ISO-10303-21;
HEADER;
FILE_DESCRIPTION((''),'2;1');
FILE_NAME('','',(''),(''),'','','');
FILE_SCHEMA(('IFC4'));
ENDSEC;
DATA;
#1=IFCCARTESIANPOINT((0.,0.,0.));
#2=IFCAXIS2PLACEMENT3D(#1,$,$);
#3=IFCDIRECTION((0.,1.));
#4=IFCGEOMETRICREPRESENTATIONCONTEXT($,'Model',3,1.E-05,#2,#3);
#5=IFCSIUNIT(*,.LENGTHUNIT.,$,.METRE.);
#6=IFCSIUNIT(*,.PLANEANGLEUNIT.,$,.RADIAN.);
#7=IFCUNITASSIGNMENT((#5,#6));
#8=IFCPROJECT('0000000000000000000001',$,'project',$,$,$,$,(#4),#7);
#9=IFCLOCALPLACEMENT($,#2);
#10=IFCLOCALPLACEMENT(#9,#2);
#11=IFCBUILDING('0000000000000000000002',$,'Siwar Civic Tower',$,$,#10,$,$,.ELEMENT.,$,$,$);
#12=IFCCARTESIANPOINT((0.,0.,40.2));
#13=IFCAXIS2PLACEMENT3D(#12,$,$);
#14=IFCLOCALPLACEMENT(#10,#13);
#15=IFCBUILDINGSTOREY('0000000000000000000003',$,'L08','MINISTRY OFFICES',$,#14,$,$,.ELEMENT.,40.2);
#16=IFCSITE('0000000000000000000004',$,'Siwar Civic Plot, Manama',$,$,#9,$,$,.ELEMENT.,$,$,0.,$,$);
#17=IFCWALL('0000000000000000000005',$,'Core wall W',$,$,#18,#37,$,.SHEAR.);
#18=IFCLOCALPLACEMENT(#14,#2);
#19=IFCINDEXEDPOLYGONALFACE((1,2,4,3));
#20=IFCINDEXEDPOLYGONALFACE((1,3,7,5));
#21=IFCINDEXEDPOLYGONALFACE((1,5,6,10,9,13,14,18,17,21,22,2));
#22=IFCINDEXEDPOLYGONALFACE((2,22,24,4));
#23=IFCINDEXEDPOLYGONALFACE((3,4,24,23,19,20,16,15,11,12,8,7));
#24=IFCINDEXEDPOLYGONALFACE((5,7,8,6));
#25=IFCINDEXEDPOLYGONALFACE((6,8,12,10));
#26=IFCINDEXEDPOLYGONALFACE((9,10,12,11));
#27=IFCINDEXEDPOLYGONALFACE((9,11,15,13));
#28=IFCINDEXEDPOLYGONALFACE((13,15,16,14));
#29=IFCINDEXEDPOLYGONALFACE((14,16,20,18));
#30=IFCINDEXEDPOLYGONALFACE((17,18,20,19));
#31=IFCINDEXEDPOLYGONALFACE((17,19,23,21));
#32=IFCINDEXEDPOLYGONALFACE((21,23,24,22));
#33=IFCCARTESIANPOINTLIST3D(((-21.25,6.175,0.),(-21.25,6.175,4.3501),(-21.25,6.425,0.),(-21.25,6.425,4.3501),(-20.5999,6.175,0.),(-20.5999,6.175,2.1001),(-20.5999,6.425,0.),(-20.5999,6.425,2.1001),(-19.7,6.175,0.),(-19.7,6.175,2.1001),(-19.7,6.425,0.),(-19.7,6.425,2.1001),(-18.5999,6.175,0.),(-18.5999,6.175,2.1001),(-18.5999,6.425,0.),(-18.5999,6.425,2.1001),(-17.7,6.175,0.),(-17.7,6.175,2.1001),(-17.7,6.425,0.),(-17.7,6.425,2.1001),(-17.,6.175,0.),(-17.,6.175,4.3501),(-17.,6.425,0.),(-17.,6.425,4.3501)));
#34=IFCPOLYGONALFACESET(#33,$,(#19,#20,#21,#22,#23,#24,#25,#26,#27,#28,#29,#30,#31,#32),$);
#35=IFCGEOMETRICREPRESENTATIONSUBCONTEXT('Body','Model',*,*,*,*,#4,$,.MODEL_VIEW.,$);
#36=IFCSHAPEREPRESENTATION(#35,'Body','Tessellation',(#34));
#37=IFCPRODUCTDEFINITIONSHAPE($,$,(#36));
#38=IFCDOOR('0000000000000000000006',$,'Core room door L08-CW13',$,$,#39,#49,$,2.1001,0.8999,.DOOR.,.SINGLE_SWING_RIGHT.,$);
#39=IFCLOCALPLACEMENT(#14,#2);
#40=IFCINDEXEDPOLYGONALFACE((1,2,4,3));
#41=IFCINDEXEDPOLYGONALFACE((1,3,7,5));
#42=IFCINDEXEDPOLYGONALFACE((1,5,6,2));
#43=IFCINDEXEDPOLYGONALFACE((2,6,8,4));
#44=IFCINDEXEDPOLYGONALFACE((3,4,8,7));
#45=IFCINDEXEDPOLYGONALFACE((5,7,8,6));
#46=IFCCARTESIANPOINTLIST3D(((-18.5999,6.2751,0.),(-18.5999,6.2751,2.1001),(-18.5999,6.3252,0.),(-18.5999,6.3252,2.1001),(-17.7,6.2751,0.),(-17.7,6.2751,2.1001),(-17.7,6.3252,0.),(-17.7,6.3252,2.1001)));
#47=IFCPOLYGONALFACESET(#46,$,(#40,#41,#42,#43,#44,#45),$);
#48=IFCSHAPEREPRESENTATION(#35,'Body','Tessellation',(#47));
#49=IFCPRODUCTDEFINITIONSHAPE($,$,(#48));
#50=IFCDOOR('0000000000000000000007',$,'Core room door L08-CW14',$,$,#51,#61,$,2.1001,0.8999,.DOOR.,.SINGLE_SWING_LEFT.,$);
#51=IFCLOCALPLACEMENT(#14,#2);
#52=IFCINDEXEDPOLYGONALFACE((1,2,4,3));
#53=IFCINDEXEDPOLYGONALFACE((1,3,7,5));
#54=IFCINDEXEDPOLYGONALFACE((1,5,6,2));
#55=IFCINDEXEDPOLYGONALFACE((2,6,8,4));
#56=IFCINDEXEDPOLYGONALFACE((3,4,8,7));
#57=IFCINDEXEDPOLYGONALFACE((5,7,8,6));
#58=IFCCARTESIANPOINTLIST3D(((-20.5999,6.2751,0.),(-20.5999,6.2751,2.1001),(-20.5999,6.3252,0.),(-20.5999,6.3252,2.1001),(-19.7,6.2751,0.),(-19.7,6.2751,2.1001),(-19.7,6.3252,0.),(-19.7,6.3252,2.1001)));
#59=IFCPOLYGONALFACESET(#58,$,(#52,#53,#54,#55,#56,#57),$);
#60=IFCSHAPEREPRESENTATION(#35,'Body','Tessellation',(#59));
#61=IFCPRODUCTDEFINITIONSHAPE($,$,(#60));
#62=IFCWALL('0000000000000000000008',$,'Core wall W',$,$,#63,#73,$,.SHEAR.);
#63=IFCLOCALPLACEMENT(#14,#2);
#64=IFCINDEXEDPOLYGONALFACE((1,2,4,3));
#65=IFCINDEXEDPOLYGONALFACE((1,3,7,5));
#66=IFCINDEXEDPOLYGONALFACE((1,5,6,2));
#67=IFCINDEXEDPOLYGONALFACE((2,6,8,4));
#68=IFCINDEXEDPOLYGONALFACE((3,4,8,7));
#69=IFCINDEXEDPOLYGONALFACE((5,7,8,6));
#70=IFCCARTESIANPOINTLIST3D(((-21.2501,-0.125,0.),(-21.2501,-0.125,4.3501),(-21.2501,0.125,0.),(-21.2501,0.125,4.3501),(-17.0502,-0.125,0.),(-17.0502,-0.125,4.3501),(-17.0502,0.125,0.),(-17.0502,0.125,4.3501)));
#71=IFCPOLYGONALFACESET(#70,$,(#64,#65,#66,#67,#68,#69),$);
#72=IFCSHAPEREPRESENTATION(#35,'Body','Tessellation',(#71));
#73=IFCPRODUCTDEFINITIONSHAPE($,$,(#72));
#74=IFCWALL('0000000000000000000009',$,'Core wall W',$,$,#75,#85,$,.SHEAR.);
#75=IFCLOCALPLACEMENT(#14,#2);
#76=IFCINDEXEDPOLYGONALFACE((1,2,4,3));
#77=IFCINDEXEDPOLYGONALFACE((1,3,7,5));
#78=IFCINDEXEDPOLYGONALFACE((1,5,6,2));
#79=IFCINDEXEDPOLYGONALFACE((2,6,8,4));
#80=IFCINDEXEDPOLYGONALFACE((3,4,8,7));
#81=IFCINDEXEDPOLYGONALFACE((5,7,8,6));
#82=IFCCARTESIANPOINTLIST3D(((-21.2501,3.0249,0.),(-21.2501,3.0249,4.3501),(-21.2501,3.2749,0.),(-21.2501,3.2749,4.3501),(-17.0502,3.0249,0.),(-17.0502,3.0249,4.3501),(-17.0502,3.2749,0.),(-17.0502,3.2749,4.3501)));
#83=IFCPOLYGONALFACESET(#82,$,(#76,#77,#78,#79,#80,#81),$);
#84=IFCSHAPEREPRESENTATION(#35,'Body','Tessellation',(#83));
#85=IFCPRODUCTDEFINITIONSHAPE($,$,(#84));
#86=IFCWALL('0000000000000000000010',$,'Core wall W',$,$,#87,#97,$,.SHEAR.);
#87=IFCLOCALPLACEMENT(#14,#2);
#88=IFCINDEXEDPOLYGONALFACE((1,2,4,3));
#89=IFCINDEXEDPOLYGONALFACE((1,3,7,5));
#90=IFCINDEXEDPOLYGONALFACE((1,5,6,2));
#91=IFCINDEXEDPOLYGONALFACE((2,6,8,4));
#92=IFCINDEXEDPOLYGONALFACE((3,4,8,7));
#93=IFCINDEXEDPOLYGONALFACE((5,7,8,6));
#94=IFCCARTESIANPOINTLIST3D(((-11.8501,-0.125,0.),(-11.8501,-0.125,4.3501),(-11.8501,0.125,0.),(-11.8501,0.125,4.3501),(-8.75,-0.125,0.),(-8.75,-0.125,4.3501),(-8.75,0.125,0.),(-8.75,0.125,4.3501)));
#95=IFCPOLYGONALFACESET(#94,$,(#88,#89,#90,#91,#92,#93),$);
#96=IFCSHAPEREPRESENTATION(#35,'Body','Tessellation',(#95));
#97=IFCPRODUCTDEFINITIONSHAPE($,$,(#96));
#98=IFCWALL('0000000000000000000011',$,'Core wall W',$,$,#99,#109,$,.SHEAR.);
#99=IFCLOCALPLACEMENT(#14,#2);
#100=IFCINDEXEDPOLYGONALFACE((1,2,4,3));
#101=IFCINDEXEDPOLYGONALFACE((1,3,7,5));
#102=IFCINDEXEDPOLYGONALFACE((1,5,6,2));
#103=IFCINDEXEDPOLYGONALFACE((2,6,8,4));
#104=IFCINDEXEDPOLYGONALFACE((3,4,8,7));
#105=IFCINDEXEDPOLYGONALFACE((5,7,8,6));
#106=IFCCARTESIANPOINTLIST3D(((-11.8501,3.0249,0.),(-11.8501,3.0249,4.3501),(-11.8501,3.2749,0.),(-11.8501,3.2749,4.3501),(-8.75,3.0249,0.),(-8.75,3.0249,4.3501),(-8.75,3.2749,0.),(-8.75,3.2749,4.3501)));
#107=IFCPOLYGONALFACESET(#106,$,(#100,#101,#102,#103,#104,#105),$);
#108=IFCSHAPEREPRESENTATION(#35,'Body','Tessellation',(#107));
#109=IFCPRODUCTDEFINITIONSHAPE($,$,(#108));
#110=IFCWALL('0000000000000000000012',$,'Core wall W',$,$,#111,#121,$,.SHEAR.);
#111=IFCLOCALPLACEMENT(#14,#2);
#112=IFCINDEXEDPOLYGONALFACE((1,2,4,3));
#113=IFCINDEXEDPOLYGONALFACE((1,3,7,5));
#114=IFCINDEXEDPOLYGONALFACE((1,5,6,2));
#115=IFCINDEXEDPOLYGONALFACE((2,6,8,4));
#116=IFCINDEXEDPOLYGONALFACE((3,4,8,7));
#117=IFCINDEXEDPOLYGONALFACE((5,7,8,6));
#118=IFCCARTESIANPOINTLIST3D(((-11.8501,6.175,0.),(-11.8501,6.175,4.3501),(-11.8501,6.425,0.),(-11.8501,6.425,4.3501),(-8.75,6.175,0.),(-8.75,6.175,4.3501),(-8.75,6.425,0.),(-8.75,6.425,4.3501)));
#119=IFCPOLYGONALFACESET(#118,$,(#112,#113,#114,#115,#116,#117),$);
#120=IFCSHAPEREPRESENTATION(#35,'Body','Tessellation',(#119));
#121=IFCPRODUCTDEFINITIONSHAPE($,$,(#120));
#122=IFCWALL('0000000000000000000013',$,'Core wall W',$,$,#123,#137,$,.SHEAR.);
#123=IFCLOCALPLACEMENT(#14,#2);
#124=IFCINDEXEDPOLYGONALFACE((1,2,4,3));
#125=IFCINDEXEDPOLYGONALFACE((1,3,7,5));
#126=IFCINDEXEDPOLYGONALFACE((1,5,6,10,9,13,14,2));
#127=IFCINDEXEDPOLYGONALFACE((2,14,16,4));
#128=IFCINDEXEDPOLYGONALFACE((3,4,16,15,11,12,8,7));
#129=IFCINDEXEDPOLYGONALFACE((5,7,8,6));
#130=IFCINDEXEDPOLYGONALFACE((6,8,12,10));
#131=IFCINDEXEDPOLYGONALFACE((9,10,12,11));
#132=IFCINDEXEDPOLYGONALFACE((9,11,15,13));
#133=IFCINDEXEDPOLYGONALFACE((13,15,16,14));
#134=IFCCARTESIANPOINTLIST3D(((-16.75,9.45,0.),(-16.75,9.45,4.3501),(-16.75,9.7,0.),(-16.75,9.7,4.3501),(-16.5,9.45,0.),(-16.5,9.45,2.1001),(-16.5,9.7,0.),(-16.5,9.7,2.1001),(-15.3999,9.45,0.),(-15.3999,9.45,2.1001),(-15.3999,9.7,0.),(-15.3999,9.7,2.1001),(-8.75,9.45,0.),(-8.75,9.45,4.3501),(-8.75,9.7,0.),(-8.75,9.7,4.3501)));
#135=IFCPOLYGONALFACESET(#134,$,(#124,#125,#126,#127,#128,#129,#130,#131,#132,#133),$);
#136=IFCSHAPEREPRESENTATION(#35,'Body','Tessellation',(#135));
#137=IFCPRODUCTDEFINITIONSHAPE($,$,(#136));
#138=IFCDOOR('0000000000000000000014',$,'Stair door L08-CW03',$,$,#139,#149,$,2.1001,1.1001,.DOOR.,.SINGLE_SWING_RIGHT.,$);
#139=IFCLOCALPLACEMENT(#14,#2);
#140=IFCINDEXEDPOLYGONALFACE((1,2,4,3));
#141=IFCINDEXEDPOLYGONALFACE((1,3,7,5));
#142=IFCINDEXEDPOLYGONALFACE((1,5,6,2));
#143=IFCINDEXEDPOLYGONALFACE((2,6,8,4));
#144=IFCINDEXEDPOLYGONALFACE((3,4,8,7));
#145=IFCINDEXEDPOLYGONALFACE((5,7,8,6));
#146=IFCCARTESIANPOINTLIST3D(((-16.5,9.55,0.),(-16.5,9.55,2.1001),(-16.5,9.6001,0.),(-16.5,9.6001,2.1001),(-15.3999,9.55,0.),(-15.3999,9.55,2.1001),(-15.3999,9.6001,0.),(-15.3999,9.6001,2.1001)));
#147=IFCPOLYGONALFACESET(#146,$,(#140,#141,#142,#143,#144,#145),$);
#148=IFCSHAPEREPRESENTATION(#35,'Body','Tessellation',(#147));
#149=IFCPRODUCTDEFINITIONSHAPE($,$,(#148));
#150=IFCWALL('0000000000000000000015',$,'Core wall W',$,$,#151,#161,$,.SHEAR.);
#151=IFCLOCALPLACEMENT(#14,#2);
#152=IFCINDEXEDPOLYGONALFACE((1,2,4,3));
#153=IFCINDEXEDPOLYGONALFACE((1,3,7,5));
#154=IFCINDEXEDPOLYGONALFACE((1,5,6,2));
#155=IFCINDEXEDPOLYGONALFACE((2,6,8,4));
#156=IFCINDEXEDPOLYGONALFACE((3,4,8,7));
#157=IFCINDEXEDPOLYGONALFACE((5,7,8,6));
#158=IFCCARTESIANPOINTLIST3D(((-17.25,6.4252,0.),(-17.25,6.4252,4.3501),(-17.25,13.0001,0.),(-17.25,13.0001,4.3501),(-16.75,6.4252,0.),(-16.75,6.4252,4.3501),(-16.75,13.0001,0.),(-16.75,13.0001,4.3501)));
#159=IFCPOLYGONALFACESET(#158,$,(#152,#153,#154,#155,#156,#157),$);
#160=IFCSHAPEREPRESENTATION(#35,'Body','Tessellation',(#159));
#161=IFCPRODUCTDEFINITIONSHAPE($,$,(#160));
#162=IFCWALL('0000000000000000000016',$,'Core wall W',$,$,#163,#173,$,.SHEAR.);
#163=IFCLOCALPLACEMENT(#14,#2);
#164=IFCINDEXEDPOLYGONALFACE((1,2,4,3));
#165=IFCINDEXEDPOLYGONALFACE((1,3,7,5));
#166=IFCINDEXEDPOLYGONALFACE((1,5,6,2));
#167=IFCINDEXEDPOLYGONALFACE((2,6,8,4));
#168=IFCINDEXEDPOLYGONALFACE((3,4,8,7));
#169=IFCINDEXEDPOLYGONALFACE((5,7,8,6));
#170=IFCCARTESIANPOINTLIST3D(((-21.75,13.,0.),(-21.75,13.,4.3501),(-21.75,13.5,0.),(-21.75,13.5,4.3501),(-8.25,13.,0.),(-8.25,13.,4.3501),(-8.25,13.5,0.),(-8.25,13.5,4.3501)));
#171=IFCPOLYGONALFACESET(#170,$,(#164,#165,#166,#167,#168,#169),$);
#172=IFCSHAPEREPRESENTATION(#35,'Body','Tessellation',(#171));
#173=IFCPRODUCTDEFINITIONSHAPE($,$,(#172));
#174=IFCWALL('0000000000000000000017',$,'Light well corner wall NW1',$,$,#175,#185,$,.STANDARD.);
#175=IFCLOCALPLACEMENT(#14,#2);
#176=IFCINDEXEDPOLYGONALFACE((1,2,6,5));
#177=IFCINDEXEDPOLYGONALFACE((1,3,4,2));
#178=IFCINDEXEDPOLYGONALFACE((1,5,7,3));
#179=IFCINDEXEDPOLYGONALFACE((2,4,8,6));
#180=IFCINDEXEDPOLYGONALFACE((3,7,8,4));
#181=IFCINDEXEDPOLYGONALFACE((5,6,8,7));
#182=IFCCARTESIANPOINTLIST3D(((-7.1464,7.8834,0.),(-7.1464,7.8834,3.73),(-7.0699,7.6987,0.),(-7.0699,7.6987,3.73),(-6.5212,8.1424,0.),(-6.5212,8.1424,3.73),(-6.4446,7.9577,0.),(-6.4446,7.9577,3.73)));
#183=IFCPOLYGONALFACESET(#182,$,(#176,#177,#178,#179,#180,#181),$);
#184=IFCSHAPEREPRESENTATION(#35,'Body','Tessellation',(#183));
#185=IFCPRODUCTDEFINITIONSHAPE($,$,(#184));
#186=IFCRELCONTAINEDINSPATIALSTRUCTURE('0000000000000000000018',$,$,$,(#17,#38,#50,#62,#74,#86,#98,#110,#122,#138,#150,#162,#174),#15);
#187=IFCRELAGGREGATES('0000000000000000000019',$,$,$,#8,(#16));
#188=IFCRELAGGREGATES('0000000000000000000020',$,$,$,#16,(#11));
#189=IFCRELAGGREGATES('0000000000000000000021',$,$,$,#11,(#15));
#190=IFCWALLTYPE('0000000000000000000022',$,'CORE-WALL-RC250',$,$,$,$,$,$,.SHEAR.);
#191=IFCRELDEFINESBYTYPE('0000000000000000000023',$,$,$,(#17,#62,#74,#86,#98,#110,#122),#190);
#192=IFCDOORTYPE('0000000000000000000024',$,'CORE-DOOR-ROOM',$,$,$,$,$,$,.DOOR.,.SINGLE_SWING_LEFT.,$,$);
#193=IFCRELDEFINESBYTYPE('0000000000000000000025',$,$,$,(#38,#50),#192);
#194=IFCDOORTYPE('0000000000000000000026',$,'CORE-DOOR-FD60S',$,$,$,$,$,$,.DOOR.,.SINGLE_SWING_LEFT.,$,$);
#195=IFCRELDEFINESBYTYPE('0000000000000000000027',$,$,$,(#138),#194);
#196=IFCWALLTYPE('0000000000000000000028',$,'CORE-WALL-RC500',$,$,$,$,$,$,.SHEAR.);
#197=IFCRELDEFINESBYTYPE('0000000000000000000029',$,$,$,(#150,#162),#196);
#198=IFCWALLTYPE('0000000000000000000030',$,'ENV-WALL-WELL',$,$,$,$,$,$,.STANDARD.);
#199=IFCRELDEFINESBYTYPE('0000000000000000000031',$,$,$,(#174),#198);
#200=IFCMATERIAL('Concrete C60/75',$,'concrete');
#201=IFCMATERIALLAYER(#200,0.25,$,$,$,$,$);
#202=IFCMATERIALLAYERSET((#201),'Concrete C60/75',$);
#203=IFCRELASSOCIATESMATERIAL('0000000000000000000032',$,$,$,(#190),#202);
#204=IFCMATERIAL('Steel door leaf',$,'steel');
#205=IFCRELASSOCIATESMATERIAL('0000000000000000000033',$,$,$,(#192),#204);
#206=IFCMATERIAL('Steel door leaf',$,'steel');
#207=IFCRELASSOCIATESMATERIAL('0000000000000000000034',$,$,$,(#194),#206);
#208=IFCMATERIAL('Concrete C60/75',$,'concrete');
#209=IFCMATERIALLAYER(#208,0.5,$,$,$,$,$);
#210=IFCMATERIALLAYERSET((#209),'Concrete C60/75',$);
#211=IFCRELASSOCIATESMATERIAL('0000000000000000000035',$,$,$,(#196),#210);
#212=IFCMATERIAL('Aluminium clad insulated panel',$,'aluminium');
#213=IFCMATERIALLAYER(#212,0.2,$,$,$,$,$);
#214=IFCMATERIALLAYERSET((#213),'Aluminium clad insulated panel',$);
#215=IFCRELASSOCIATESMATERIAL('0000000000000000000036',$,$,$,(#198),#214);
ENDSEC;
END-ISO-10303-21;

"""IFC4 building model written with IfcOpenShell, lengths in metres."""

from ifc_helpers import new_model, si_unit, direction, frame, frame_2d, origin, place, context, subcontext, project, spatial, rectangle, extrude, material, layer, layer_set, type_object, element, fill, save


model = new_model("IFC4")

# Units and contexts
model_context = context("Model", 3, precision=1e-05, world=origin(), true_north=direction((0.0, 1.0)))
body_context = subcontext(model_context, "Body", "Model", "MODEL_VIEW")
ifc_project = project(units=[si_unit("LENGTHUNIT", "METRE"), si_unit("PLANEANGLEUNIT", "RADIAN")], contexts=[model_context])

# Site, building, storey
site_placement = place(None, origin())
site = spatial("IfcSite", under=ifc_project, at=site_placement, Name="Siwar Civic Plot, Manama", CompositionType="ELEMENT", RefElevation=0.0)
building_placement = place(site_placement, origin())
building = spatial("IfcBuilding", under=site, at=building_placement, Name="Siwar Civic Tower", CompositionType="ELEMENT")
storey_placement = place(building_placement, frame((0.0, 0.0, 40.2)))
storey = spatial("IfcBuildingStorey", under=building, at=storey_placement, Name="L08", Description="MINISTRY OFFICES", CompositionType="ELEMENT", Elevation=40.2)

# Shared definitions
ifc_material_1 = material(Name="Concrete C60/75", Category="concrete")
ifc_layer_1 = layer(ifc_material_1, 0.25)
ifc_layer_set_1 = layer_set([ifc_layer_1], Name="Concrete C60/75")
wall_type_1 = type_object("IfcWallType", Name="CORE-WALL-RC250", PredefinedType="SHEAR", material=ifc_layer_set_1)

# Wall, openings, doors
wall_1_placement = place(storey_placement, frame((-17.0, 6.3, 0.0), z_axis=(0.0, 0.0, 1.0), x_axis=(-1.0, 0.0, 0.0)))
wall_1 = element("IfcWall", 1, at=wall_1_placement, inside=storey, type_object=wall_type_1, Name="Core wall W", PredefinedType="SHEAR", context=body_context, shape_type="SweptSolid", body=[
    extrude(rectangle(XDim=4.25, YDim=0.25, at=frame_2d((2.125, 0.0))), origin(), (0.0, 0.0, 1.0), 4.3501),
])
opening_1_placement = place(wall_1_placement, frame((0.7, 0.0, 0.0)))
opening_1 = element("IfcOpeningElement", 2, at=opening_1_placement, cuts=wall_1, PredefinedType="OPENING", context=body_context, shape_type="SweptSolid", body=[
    extrude(rectangle(XDim=0.8999, YDim=2.1001, at=frame_2d((0.45, 1.05))), frame((0.0, 0.135, 0.0), z_axis=(0.0, -1.0, 0.0), x_axis=(1.0, 0.0, 0.0)), (0.0, 0.0, 1.0), 0.27),
])
opening_2_placement = place(wall_1_placement, frame((2.7, 0.0, 0.0)))
opening_2 = element("IfcOpeningElement", 3, at=opening_2_placement, cuts=wall_1, PredefinedType="OPENING", context=body_context, shape_type="SweptSolid", body=[
    extrude(rectangle(XDim=0.8999, YDim=2.1001, at=frame_2d((0.45, 1.05))), frame((0.0, 0.135, 0.0), z_axis=(0.0, -1.0, 0.0), x_axis=(1.0, 0.0, 0.0)), (0.0, 0.0, 1.0), 0.27),
])
ifc_material_2 = material(Name="Steel door leaf", Category="steel")
door_type_1 = type_object("IfcDoorType", Name="CORE-DOOR-ROOM", OperationType="SINGLE_SWING_LEFT", PredefinedType="DOOR", material=ifc_material_2)
door_1_placement = place(opening_1_placement, origin())
door_1 = element("IfcDoor", 4, at=door_1_placement, inside=storey, type_object=door_type_1, Name="Core room door L08-CW13", OperationType="SINGLE_SWING_RIGHT", OverallHeight=2.1001, OverallWidth=0.8999, PredefinedType="DOOR", context=body_context, shape_type="SweptSolid", body=[
    extrude(rectangle(XDim=0.8999, YDim=2.1001, at=frame_2d((0.45, 1.05))), frame((0.0, 0.0249, 0.0), z_axis=(0.0, -1.0, 0.0), x_axis=(1.0, 0.0, 0.0)), (0.0, 0.0, 1.0), 0.05),
])
fill(opening_1, door_1)
door_2_placement = place(opening_2_placement, origin())
door_2 = element("IfcDoor", 5, at=door_2_placement, inside=storey, type_object=door_type_1, Name="Core room door L08-CW14", OperationType="SINGLE_SWING_LEFT", OverallHeight=2.1001, OverallWidth=0.8999, PredefinedType="DOOR", context=body_context, shape_type="SweptSolid", body=[
    extrude(rectangle(XDim=0.8999, YDim=2.1001, at=frame_2d((0.45, 1.05))), frame((0.0, 0.0249, 0.0), z_axis=(0.0, -1.0, 0.0), x_axis=(1.0, 0.0, 0.0)), (0.0, 0.0, 1.0), 0.05),
])
fill(opening_2, door_2)

# Walls
for number, where, z_axis, x_axis, name in (
    (6, (-17.05, 0.0, 0.0), (0.0, 0.0, 1.0), (-1.0, 0.0, 0.0), "Core wall W"),
    (7, (-17.05, 3.1499, 0.0), (0.0, 0.0, 1.0), (-1.0, 0.0, 0.0), "Core wall W"),
):
    element("IfcWall", number, at=place(storey_placement, frame(where, z_axis=z_axis, x_axis=x_axis)), inside=storey, type_object=wall_type_1, Name=name, PredefinedType="SHEAR", context=body_context, shape_type="SweptSolid", body=[
        extrude(rectangle(XDim=4.2, YDim=0.25, at=frame_2d((2.1001, 0.0))), origin(), (0.0, 0.0, 1.0), 4.3501),
    ])
for number, where, z_axis, x_axis, name in (
    (8, (-8.75, 0.0, 0.0), (0.0, 0.0, 1.0), (-1.0, 0.0, 0.0), "Core wall W"),
    (9, (-8.75, 3.1499, 0.0), (0.0, 0.0, 1.0), (-1.0, 0.0, 0.0), "Core wall W"),
    (10, (-8.75, 6.3, 0.0), (0.0, 0.0, 1.0), (-1.0, 0.0, 0.0), "Core wall W"),
):
    element("IfcWall", number, at=place(storey_placement, frame(where, z_axis=z_axis, x_axis=x_axis)), inside=storey, type_object=wall_type_1, Name=name, PredefinedType="SHEAR", context=body_context, shape_type="SweptSolid", body=[
        extrude(rectangle(XDim=3.1001, YDim=0.25, at=frame_2d((1.55, 0.0))), origin(), (0.0, 0.0, 1.0), 4.3501),
    ])

# Wall, opening, door
wall_2_placement = place(storey_placement, frame((-8.75, 9.575, 0.0), z_axis=(0.0, 0.0, 1.0), x_axis=(-1.0, 0.0, 0.0)))
wall_2 = element("IfcWall", 11, at=wall_2_placement, inside=storey, type_object=wall_type_1, Name="Core wall W", PredefinedType="SHEAR", context=body_context, shape_type="SweptSolid", body=[
    extrude(rectangle(XDim=8.0, YDim=0.25, at=frame_2d((4.0, 0.0))), origin(), (0.0, 0.0, 1.0), 4.3501),
])
opening_3_placement = place(wall_2_placement, frame((6.6499, 0.0, 0.0)))
opening_3 = element("IfcOpeningElement", 12, at=opening_3_placement, cuts=wall_2, PredefinedType="OPENING", context=body_context, shape_type="SweptSolid", body=[
    extrude(rectangle(XDim=1.1001, YDim=2.1001, at=frame_2d((0.55, 1.05))), frame((0.0, 0.135, 0.0), z_axis=(0.0, -1.0, 0.0), x_axis=(1.0, 0.0, 0.0)), (0.0, 0.0, 1.0), 0.27),
])
ifc_material_3 = material(Name="Steel door leaf", Category="steel")
door_type_2 = type_object("IfcDoorType", Name="CORE-DOOR-FD60S", OperationType="SINGLE_SWING_LEFT", PredefinedType="DOOR", material=ifc_material_3)
door_3_placement = place(opening_3_placement, origin())
door_3 = element("IfcDoor", 13, at=door_3_placement, inside=storey, type_object=door_type_2, Name="Stair door L08-CW03", OperationType="SINGLE_SWING_RIGHT", OverallHeight=2.1001, OverallWidth=1.1001, PredefinedType="DOOR", context=body_context, shape_type="SweptSolid", body=[
    extrude(rectangle(XDim=1.1001, YDim=2.1001, at=frame_2d((0.55, 1.05))), frame((0.0, 0.0249, 0.0), z_axis=(0.0, -1.0, 0.0), x_axis=(1.0, 0.0, 0.0)), (0.0, 0.0, 1.0), 0.05),
])
fill(opening_3, door_3)

# Walls
ifc_material_4 = material(Name="Concrete C60/75", Category="concrete")
ifc_layer_2 = layer(ifc_material_4, 0.5)
ifc_layer_set_2 = layer_set([ifc_layer_2], Name="Concrete C60/75")
wall_type_2 = type_object("IfcWallType", Name="CORE-WALL-RC500", PredefinedType="SHEAR", material=ifc_layer_set_2)
wall_3_placement = place(storey_placement, frame((-17.0, 6.425, 0.0), z_axis=(0.0, 0.0, 1.0), x_axis=(0.0, 1.0, 0.0)))
element("IfcWall", 14, at=wall_3_placement, inside=storey, type_object=wall_type_2, Name="Core wall W", PredefinedType="SHEAR", context=body_context, shape_type="SweptSolid", body=[
    extrude(rectangle(XDim=6.575, YDim=0.5, at=frame_2d((3.2876, 0.0))), origin(), (0.0, 0.0, 1.0), 4.3501),
])
wall_4_placement = place(storey_placement, frame((-8.25, 13.25, 0.0), z_axis=(0.0, 0.0, 1.0), x_axis=(-1.0, 0.0, 0.0)))
element("IfcWall", 15, at=wall_4_placement, inside=storey, type_object=wall_type_2, Name="Core wall W", PredefinedType="SHEAR", context=body_context, shape_type="SweptSolid", body=[
    extrude(rectangle(XDim=13.5, YDim=0.5, at=frame_2d((6.75, 0.0))), origin(), (0.0, 0.0, 1.0), 4.3501),
])
ifc_material_5 = material(Name="Aluminium clad insulated panel", Category="aluminium")
ifc_layer_3 = layer(ifc_material_5, 0.2)
ifc_layer_set_3 = layer_set([ifc_layer_3], Name="Aluminium clad insulated panel")
wall_type_3 = type_object("IfcWallType", Name="ENV-WALL-WELL", PredefinedType="STANDARD", material=ifc_layer_set_3)
wall_5_placement = place(storey_placement, frame((-6.4829, 8.05, 0.0), z_axis=(0.0, 0.0, 1.0), x_axis=(-0.923854, -0.382745, 0.0)))
element("IfcWall", 16, at=wall_5_placement, inside=storey, type_object=wall_type_3, Name="Light well corner wall NW1", PredefinedType="STANDARD", context=body_context, shape_type="SweptSolid", body=[
    extrude(rectangle(XDim=0.6768, YDim=0.2, at=frame_2d((0.3384, 0.0))), origin(), (0.0, 0.0, 1.0), 3.73),
])

save(model, "model.ifc")
